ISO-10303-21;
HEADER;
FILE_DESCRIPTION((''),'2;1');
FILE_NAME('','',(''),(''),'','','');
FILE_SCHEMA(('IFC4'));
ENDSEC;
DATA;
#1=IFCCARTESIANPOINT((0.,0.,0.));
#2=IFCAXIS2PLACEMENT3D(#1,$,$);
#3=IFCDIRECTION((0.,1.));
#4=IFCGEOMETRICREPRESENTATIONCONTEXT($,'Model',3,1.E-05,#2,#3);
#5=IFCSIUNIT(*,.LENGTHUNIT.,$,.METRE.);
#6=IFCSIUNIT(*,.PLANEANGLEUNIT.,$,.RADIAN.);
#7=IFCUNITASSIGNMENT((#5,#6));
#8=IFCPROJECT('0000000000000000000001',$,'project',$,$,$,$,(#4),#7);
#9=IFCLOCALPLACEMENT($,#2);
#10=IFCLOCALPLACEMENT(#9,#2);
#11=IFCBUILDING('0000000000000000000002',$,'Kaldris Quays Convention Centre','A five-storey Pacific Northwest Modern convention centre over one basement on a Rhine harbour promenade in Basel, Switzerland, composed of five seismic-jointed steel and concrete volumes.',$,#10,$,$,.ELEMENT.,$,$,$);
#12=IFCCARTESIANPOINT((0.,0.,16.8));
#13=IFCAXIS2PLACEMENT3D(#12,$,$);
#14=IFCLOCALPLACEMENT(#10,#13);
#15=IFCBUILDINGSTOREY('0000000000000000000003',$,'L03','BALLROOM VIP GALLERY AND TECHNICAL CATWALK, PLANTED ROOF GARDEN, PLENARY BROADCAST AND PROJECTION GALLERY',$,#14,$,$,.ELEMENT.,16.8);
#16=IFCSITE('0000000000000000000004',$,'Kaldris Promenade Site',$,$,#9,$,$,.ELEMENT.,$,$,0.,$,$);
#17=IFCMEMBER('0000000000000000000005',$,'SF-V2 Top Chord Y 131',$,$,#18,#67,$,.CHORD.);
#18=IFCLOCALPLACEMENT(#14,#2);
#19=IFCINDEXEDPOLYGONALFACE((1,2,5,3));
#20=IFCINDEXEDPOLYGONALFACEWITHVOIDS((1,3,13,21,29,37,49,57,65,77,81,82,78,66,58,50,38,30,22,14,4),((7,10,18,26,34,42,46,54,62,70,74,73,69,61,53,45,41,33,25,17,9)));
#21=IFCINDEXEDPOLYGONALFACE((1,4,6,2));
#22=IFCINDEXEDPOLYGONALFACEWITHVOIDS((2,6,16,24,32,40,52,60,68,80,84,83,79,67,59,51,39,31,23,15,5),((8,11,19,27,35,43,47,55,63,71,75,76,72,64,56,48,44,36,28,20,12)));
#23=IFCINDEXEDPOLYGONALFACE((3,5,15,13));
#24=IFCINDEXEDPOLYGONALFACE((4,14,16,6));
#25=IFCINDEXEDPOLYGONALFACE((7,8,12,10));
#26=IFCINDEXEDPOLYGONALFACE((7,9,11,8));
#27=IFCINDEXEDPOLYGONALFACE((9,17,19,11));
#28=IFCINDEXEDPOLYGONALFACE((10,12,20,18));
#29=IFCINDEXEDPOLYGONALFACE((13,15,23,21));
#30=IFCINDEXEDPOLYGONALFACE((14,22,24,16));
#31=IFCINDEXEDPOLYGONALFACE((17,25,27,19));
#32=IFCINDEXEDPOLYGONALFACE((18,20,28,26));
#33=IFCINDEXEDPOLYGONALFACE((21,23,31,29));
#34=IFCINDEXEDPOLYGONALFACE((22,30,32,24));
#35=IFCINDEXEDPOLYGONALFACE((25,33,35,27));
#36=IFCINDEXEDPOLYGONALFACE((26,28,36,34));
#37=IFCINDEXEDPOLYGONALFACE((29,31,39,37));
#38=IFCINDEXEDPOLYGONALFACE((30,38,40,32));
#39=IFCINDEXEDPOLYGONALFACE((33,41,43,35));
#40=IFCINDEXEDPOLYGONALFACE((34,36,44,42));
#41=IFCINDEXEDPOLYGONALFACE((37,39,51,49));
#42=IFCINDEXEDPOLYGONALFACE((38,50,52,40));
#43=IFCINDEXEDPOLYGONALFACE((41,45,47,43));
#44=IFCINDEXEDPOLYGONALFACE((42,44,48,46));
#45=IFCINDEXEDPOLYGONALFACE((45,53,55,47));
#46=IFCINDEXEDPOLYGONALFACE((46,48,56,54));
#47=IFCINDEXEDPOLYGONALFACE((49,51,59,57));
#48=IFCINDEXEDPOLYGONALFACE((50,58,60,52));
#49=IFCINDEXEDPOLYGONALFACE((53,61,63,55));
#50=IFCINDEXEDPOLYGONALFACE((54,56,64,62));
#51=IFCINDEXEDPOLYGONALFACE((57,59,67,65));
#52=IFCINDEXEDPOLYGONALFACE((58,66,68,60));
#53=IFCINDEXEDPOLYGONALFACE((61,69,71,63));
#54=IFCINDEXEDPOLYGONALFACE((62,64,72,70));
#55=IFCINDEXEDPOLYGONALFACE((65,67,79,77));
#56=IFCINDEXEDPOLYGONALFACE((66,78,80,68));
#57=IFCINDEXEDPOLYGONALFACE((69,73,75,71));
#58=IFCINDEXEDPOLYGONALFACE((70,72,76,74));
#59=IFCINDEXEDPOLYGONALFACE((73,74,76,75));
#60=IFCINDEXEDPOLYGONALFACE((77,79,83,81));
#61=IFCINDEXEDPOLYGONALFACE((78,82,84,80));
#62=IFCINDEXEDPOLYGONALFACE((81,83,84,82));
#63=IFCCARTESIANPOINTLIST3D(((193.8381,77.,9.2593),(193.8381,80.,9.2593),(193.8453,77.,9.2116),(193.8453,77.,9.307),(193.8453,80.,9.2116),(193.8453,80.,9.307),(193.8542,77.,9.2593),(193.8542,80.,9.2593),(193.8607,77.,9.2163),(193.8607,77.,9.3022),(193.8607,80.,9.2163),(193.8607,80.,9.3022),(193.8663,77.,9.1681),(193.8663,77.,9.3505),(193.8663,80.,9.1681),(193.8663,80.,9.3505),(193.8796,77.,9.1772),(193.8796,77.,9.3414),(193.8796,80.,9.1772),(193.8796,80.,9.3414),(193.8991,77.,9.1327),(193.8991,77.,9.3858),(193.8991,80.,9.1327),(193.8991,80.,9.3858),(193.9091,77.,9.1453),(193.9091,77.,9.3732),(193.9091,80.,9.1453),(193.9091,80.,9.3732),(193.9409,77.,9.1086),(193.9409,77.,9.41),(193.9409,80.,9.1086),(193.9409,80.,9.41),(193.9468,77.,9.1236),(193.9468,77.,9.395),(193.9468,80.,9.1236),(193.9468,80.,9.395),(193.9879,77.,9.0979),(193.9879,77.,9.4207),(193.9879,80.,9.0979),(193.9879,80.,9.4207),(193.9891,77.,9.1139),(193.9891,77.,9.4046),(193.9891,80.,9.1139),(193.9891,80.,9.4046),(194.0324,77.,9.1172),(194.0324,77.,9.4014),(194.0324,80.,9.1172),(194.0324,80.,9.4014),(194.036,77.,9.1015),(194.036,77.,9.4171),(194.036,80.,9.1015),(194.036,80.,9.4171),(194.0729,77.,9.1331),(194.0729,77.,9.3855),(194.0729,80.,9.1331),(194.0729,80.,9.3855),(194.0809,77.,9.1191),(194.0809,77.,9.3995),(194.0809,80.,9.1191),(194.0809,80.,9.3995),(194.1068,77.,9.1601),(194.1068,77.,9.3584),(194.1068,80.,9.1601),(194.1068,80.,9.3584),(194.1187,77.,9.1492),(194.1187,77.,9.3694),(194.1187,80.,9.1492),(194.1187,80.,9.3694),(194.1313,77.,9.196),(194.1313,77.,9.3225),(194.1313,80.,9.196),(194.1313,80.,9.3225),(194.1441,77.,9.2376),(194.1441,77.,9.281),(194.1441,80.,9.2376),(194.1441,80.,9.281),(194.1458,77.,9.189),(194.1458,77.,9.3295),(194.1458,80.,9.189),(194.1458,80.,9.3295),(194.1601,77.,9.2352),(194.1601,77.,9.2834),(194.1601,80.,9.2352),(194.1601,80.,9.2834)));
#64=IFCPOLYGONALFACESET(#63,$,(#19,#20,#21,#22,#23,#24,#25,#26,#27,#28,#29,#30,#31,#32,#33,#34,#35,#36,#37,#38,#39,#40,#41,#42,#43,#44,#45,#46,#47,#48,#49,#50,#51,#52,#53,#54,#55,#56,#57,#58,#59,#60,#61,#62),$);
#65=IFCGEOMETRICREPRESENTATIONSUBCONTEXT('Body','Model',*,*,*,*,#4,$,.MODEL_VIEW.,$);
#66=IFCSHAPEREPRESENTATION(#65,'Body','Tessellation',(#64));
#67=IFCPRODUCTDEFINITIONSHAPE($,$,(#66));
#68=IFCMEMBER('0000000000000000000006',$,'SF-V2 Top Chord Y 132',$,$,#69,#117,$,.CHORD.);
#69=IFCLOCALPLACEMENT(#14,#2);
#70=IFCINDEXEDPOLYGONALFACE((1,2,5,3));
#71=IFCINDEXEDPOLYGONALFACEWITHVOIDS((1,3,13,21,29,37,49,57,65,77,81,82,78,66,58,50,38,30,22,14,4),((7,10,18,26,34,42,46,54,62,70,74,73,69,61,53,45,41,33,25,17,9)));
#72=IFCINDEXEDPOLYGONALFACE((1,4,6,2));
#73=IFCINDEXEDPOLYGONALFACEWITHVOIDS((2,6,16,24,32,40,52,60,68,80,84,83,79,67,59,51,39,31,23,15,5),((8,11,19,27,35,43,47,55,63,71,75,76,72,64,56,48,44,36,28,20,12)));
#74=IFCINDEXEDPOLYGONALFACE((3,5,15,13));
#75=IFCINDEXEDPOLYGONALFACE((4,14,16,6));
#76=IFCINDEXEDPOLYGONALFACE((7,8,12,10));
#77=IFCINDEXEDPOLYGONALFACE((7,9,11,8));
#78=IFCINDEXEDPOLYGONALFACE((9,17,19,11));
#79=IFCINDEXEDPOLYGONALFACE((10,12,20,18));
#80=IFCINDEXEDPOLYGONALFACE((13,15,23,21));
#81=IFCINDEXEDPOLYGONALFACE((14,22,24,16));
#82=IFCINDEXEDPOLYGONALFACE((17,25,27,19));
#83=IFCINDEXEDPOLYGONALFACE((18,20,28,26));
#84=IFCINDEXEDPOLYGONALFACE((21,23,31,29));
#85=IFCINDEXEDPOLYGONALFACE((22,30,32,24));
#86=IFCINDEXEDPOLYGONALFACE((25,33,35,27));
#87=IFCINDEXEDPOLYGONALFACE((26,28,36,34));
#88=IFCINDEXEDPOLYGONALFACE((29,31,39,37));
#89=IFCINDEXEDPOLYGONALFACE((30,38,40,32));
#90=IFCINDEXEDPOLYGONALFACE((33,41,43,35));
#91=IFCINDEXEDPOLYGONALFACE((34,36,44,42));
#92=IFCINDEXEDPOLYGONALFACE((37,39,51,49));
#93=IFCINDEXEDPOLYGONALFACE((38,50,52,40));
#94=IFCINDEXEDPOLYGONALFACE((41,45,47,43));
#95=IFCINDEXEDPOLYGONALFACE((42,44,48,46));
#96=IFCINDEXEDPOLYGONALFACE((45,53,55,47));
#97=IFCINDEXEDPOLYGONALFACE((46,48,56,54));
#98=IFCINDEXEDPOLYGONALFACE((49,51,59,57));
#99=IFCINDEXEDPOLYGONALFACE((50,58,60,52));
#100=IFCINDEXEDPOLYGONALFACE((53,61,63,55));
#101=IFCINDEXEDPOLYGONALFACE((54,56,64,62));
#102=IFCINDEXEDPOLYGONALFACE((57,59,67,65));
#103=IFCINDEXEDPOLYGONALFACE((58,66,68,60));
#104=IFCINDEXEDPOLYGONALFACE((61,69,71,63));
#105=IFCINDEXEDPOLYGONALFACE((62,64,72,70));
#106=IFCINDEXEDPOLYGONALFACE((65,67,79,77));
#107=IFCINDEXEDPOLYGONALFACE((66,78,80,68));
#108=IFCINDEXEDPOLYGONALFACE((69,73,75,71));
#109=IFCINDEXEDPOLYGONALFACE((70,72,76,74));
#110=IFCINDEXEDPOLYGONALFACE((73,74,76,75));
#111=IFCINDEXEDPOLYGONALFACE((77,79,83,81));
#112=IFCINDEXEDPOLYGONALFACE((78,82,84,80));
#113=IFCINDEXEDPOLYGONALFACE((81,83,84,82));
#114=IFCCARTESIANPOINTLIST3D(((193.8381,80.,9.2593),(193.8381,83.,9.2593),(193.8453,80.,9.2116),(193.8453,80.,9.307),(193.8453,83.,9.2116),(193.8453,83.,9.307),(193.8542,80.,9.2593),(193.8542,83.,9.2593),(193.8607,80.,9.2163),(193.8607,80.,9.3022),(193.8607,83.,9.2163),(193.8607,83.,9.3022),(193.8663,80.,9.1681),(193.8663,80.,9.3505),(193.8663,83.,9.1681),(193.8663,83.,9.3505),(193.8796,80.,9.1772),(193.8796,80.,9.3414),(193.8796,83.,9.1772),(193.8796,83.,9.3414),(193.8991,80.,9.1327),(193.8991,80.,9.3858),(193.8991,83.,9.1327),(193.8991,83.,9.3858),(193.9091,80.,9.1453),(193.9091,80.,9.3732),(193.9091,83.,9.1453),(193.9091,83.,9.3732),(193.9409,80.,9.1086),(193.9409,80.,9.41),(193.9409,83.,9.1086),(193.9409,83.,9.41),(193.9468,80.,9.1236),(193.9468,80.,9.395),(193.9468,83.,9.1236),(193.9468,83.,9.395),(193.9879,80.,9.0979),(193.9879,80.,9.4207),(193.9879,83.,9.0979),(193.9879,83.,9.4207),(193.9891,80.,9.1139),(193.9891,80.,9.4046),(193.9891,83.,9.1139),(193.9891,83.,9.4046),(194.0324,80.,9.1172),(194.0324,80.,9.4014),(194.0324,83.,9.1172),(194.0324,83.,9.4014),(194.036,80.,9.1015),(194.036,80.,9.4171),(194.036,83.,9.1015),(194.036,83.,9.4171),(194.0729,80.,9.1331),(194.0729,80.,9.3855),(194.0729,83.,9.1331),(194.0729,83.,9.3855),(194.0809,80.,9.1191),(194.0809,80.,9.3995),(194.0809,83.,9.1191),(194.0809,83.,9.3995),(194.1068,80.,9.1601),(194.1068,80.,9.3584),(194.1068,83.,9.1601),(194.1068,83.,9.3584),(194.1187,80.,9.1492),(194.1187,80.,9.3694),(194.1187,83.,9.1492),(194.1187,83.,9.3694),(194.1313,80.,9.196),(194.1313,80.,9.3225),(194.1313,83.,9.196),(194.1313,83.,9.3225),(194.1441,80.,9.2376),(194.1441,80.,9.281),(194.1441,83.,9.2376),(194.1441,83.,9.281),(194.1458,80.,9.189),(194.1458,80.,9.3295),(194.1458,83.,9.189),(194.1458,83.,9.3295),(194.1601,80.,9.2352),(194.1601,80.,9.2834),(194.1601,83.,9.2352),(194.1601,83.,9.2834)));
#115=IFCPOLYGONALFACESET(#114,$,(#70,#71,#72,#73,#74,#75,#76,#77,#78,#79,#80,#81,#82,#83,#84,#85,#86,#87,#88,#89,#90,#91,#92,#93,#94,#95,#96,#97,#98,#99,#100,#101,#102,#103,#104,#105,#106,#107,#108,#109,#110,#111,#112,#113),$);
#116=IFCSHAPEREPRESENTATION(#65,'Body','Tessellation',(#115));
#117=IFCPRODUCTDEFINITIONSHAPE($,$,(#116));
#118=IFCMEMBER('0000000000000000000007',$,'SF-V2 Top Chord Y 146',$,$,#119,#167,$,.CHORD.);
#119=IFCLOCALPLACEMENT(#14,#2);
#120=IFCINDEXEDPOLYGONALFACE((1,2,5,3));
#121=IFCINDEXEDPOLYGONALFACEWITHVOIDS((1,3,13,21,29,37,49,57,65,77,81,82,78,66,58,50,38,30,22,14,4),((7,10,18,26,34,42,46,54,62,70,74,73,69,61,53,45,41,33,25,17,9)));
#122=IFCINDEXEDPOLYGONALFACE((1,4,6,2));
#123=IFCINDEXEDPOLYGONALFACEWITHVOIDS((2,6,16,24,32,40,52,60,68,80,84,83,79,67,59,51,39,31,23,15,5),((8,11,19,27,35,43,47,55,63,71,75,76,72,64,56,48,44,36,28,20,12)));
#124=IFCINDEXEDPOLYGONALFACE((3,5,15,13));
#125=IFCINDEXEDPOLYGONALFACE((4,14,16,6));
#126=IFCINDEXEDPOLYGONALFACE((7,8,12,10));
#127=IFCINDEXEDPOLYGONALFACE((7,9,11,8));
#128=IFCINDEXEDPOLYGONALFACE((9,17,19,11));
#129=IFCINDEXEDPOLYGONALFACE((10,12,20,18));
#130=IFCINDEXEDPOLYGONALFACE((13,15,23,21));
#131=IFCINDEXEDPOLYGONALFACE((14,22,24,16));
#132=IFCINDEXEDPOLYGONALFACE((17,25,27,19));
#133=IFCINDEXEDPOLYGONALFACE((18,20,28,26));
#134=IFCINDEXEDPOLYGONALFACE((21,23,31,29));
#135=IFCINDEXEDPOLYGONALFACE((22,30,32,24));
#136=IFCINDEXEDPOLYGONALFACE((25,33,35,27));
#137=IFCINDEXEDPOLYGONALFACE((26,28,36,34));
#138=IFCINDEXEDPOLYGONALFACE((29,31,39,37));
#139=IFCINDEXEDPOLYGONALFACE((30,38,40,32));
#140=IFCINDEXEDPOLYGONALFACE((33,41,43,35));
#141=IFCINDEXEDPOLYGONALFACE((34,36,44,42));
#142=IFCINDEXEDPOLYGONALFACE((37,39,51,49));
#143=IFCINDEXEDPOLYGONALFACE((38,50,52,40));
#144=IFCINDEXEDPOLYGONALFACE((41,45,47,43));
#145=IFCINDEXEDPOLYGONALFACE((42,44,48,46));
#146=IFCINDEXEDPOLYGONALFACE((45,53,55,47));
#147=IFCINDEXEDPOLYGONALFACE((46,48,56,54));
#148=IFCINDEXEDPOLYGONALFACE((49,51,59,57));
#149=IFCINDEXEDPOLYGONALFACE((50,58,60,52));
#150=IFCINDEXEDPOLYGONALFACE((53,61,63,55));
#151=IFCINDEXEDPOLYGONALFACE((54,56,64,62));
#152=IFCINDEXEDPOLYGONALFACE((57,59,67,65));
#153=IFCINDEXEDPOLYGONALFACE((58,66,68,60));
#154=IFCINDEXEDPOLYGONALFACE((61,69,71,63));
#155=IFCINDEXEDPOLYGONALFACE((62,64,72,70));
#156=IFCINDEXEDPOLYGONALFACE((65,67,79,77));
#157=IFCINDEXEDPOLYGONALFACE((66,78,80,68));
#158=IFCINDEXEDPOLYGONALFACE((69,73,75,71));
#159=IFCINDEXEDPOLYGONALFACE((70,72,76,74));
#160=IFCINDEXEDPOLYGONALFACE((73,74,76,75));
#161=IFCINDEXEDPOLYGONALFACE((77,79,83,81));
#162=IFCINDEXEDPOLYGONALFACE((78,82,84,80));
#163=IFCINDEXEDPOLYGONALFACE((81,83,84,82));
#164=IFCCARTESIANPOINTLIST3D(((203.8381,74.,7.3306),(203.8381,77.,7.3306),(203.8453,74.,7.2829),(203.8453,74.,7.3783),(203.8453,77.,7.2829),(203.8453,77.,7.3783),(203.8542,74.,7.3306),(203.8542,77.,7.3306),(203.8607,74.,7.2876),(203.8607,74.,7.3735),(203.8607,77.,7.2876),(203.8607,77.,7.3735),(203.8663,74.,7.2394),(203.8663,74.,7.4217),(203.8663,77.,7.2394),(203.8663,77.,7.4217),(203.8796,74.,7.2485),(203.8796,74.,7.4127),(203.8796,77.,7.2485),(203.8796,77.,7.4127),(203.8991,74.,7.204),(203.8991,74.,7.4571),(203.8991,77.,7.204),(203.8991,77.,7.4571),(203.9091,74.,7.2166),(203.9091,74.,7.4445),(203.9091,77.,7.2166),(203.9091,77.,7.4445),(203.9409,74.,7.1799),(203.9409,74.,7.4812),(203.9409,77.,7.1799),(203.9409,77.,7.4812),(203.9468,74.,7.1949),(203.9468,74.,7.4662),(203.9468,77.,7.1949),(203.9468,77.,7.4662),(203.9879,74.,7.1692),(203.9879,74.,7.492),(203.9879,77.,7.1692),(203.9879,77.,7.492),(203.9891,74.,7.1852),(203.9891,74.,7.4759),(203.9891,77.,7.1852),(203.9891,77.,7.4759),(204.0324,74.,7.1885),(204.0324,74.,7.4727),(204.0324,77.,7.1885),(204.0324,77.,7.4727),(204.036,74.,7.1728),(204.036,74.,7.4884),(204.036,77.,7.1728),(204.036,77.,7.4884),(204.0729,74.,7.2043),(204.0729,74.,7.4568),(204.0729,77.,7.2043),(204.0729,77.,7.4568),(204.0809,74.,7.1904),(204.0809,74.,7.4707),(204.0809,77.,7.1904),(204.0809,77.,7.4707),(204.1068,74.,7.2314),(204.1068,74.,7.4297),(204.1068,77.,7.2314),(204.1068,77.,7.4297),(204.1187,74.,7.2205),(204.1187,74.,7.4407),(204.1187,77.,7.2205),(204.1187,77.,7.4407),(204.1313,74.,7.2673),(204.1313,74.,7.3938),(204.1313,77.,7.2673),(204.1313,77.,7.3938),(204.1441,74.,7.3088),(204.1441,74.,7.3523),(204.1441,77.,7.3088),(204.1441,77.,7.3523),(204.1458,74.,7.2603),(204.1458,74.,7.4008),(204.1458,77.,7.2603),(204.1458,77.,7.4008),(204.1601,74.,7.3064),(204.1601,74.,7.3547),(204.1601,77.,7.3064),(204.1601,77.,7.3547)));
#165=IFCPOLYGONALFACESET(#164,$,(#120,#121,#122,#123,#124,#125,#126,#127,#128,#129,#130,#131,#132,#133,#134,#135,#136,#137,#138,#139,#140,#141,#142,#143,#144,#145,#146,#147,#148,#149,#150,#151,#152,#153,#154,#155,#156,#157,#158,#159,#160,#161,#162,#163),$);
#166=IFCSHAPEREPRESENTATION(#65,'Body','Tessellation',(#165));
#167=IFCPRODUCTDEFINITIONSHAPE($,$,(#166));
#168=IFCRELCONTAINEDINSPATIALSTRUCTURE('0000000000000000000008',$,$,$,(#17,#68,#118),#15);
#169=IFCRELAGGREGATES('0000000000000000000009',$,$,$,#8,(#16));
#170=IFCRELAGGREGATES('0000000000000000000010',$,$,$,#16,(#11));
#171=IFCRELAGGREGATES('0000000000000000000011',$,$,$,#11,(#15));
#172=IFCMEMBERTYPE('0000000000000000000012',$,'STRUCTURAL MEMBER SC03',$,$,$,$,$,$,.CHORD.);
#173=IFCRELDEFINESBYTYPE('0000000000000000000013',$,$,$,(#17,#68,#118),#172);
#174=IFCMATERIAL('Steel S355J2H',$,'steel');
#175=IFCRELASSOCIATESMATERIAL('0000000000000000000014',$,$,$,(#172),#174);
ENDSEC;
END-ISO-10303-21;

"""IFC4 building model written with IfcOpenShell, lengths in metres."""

from ifc_helpers import new_model, si_unit, direction, frame, origin, origin_2d, place, context, subcontext, project, spatial, hollow_circle, extrude, material, material_profile, profile_set, type_object, element, save


model = new_model("IFC4")

# Units and contexts
model_context = context("Model", 3, precision=1e-05, world=origin(), true_north=direction((0.0, 1.0)))
body_context = subcontext(model_context, "Body", "Model", "MODEL_VIEW")
ifc_project = project(units=[si_unit("LENGTHUNIT", "METRE"), si_unit("PLANEANGLEUNIT", "RADIAN")], contexts=[model_context])

# Site, building, storey
site_placement = place(None, origin())
site = spatial("IfcSite", under=ifc_project, at=site_placement, Name="Kaldris Promenade Site", CompositionType="ELEMENT", RefElevation=0.0)
building_placement = place(site_placement, origin())
building = spatial("IfcBuilding", under=site, at=building_placement, Name="Kaldris Quays Convention Centre", Description="A five-storey Pacific Northwest Modern convention centre over one basement on a Rhine harbour promenade in Basel, Switzerland, composed of five seismic-jointed steel and concrete volumes.", CompositionType="ELEMENT")
storey_placement = place(building_placement, frame((0.0, 0.0, 16.8)))
storey = spatial("IfcBuildingStorey", under=building, at=storey_placement, Name="L03", Description="BALLROOM VIP GALLERY AND TECHNICAL CATWALK, PLANTED ROOF GARDEN, PLENARY BROADCAST AND PROJECTION GALLERY", CompositionType="ELEMENT", Elevation=16.8)

# Members
ifc_material_1 = material(Name="Steel S355J2H", Category="steel")
ifc_material_profile_1 = material_profile(ifc_material_1, hollow_circle(Radius=0.1619, WallThickness=0.0161, at=origin_2d()), Name="CHS 323.9x16")
ifc_profile_set_1 = profile_set([ifc_material_profile_1], Name="Steel S355J2H")
member_type_1 = type_object("IfcMemberType", Name="STRUCTURAL MEMBER SC03", PredefinedType="CHORD", material=ifc_profile_set_1)
for number, where, z_axis, x_axis, name in (
    (1, (194.0, 77.0, 9.2593), (0.0, 1.0, 0.0), (-1.0, 0.0, 0.0), "SF-V2 Top Chord Y 131"),
    (2, (194.0, 80.0, 9.2593), (0.0, 1.0, 0.0), (-1.0, 0.0, 0.0), "SF-V2 Top Chord Y 132"),
    (3, (204.0, 74.0, 7.3306), (0.0, 1.0, 0.0), (-1.0, 0.0, 0.0), "SF-V2 Top Chord Y 146"),
):
    element("IfcMember", number, at=place(storey_placement, frame(where, z_axis=z_axis, x_axis=x_axis)), inside=storey, type_object=member_type_1, Name=name, PredefinedType="CHORD", context=body_context, shape_type="SweptSolid", body=[
        extrude(hollow_circle(Radius=0.1619, WallThickness=0.0161, at=origin_2d()), origin(), (0.0, 0.0, 1.0), 3.0),
    ])

save(model, "model.ifc")
